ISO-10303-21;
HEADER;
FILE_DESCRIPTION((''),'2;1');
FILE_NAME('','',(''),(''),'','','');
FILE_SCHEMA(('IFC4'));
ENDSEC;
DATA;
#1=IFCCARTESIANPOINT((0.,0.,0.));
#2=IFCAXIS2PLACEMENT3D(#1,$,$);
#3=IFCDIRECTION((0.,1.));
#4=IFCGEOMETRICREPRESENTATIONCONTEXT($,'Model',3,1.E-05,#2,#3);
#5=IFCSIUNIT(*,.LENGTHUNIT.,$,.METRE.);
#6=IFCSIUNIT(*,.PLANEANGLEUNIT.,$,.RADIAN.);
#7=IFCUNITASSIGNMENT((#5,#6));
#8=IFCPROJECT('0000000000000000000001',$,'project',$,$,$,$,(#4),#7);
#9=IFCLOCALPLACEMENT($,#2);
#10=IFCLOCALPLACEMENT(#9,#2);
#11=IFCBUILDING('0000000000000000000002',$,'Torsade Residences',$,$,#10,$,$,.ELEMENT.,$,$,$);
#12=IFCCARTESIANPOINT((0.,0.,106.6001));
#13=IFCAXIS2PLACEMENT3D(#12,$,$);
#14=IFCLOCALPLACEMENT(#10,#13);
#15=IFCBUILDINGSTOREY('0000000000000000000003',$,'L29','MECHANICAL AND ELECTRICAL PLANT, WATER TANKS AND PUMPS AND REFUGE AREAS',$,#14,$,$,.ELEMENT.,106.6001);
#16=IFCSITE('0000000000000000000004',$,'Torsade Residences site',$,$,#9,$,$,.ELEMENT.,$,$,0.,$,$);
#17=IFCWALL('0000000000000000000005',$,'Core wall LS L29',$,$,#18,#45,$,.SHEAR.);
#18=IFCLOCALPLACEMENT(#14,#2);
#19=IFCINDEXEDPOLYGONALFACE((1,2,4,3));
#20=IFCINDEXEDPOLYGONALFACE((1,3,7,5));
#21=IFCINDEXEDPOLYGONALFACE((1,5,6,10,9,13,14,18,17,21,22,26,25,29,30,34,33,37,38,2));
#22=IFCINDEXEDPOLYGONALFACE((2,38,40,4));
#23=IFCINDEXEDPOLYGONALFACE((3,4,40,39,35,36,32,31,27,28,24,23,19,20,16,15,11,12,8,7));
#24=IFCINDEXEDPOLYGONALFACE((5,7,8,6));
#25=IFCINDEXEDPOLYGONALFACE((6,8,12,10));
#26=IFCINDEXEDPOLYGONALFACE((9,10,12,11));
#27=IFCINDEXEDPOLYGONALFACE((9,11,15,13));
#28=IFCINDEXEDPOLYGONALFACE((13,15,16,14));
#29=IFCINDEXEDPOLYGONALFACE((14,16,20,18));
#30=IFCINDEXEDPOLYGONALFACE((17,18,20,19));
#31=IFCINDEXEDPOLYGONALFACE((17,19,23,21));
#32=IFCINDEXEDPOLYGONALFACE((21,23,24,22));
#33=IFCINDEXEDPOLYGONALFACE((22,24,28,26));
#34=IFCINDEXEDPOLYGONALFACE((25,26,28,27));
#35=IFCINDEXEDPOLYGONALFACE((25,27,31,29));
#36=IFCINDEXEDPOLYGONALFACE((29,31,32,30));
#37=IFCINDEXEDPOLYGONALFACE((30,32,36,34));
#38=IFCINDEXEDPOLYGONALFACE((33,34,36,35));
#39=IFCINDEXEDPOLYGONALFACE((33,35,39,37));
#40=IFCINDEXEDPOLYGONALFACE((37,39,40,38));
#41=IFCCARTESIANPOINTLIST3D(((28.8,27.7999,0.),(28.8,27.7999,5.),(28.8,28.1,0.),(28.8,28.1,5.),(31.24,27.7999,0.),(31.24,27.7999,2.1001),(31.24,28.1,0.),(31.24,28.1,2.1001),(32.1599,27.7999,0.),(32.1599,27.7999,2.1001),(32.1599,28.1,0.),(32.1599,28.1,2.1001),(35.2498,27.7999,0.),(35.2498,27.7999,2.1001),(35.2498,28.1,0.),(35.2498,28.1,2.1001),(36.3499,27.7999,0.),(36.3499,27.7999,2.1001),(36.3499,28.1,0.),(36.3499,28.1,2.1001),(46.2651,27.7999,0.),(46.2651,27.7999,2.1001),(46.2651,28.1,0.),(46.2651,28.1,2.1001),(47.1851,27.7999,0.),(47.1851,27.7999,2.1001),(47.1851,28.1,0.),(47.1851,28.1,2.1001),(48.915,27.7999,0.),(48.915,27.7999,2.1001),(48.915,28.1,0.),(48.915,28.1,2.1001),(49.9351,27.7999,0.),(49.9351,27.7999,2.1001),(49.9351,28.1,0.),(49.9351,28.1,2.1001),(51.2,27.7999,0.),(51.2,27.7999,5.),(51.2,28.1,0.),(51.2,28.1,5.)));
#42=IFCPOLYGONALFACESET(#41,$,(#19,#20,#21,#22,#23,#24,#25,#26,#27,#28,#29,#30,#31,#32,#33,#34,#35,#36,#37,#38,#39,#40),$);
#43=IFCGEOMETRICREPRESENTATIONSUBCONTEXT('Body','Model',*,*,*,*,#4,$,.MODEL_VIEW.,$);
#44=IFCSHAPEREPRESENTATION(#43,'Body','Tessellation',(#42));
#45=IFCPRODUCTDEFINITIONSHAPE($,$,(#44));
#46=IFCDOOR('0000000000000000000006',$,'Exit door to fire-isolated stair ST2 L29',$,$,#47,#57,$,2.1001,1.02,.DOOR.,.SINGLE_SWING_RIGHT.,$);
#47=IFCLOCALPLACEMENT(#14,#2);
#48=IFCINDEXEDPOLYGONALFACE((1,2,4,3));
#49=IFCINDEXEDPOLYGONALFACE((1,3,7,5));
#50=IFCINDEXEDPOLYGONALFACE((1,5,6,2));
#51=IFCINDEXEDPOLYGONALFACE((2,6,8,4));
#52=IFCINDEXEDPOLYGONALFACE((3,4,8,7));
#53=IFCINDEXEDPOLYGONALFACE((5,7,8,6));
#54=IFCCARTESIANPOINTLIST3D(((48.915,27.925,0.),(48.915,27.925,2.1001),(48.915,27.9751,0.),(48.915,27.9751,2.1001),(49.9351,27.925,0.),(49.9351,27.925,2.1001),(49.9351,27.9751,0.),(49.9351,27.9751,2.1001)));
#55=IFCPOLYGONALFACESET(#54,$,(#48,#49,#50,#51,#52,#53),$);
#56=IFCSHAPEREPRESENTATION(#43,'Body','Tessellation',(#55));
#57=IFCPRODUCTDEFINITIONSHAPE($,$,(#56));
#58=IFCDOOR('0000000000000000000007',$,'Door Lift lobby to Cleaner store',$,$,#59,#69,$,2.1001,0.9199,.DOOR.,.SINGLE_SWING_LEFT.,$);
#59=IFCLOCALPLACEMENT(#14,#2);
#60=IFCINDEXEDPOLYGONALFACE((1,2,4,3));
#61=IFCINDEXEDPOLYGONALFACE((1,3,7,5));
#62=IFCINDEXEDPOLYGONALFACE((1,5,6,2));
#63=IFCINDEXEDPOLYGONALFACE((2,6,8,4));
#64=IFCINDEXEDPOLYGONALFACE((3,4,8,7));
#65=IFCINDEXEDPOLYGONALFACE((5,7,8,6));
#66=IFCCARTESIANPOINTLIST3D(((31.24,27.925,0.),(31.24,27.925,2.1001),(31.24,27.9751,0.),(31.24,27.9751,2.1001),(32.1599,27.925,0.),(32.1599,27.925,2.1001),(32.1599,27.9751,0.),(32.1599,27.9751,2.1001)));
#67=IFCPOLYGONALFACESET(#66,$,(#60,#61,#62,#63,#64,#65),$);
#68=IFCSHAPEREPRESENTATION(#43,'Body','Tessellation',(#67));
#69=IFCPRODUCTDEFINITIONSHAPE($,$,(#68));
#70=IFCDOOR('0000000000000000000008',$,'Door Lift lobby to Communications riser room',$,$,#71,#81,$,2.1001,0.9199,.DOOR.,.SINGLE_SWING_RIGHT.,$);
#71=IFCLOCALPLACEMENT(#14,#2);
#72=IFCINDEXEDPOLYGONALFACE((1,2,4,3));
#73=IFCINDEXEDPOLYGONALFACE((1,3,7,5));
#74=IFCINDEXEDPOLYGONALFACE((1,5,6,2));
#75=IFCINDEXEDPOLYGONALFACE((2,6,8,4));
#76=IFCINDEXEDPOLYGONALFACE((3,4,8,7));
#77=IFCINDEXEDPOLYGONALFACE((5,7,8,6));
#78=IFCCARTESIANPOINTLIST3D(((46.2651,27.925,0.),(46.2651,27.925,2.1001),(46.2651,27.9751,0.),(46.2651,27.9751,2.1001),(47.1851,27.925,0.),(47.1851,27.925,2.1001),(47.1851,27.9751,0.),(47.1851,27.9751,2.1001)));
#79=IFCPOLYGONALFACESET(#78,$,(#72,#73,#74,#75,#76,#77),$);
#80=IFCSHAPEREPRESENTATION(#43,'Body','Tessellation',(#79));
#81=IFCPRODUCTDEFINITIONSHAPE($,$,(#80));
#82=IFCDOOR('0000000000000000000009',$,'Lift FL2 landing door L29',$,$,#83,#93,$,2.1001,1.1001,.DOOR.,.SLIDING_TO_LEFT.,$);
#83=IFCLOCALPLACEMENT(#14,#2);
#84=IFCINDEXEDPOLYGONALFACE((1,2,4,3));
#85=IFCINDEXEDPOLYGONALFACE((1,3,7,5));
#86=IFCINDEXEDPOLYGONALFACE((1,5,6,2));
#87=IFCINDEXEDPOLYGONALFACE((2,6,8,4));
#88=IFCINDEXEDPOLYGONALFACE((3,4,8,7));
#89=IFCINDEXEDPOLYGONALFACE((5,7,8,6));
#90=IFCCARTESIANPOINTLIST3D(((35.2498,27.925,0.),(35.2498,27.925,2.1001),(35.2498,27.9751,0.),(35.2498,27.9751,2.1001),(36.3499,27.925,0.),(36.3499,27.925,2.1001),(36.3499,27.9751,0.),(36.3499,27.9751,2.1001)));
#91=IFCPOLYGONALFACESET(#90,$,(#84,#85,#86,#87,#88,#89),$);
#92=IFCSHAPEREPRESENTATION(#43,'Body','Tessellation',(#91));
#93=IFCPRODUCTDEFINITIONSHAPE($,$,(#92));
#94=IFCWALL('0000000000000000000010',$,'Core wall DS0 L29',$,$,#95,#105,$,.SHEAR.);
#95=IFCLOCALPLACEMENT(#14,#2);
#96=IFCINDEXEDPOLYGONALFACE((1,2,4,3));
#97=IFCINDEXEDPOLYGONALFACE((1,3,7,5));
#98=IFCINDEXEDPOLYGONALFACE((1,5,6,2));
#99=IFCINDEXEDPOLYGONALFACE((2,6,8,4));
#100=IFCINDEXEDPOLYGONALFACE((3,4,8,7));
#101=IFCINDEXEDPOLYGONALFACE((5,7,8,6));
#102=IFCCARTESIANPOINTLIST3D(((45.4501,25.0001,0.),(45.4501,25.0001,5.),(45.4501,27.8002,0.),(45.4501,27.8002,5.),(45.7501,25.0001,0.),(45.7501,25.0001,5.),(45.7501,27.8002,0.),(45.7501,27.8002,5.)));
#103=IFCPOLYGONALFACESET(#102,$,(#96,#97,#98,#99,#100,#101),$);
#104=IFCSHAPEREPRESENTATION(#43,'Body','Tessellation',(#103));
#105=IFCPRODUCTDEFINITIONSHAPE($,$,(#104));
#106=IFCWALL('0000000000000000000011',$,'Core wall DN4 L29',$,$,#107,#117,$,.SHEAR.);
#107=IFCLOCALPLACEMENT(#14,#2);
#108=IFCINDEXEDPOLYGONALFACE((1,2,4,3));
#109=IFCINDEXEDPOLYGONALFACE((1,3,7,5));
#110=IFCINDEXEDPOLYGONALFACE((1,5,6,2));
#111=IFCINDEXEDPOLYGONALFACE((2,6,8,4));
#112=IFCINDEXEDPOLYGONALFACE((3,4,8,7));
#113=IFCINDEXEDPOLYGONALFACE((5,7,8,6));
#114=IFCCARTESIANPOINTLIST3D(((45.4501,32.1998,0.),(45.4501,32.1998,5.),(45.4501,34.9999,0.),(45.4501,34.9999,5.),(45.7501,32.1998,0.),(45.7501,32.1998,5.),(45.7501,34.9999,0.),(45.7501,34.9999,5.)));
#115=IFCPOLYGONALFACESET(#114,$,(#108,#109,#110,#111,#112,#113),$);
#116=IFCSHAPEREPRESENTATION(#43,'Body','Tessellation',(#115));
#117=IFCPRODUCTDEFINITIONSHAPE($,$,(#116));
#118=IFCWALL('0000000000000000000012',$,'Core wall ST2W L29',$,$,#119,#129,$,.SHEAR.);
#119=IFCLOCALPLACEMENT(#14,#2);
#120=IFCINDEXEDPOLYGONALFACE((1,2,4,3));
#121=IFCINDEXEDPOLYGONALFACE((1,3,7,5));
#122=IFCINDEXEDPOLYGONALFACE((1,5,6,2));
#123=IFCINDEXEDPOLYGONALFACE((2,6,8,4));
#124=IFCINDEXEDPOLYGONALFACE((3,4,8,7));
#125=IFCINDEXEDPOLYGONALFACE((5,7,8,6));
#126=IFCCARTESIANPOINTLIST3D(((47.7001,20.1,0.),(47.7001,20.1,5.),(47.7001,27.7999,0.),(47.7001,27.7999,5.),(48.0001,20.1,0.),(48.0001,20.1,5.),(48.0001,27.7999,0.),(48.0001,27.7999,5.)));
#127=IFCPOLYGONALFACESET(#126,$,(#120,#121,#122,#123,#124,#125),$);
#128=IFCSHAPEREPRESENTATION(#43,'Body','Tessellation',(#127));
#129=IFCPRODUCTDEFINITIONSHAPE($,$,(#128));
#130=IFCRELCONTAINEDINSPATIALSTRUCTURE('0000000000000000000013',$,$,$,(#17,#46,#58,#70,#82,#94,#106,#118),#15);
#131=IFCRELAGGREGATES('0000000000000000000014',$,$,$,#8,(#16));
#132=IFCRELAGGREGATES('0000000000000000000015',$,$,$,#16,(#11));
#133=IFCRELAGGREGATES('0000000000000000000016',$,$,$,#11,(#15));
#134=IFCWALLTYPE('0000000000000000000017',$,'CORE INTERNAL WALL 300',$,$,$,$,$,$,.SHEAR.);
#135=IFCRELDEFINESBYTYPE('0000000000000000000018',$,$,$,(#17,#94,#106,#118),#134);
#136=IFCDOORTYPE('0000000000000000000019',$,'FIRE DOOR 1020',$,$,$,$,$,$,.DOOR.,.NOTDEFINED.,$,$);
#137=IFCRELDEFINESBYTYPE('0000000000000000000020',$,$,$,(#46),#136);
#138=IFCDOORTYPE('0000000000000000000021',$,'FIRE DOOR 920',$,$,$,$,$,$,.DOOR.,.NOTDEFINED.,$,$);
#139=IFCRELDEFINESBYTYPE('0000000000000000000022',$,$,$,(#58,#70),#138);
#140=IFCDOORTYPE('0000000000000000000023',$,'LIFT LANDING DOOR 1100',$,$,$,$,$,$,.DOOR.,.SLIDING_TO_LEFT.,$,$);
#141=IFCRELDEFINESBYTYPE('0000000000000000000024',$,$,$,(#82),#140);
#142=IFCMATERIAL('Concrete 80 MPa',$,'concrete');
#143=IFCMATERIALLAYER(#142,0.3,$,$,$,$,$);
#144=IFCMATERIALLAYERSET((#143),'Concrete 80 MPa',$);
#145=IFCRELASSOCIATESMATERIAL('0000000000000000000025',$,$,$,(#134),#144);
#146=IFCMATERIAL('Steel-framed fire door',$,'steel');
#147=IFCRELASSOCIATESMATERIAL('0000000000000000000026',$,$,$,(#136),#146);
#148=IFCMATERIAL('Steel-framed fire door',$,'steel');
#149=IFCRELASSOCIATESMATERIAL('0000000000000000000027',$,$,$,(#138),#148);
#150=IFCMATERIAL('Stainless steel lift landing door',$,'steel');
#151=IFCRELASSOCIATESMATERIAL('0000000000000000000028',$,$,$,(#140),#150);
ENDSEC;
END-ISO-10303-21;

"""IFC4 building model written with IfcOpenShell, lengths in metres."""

from ifc_helpers import new_model, si_unit, direction, frame, frame_2d, origin, place, context, subcontext, project, spatial, rectangle, extrude, material, layer, layer_set, type_object, element, fill, save


model = new_model("IFC4")

# Units and contexts
model_context = context("Model", 3, precision=1e-05, world=origin(), true_north=direction((0.0, 1.0)))
body_context = subcontext(model_context, "Body", "Model", "MODEL_VIEW")
ifc_project = project(units=[si_unit("LENGTHUNIT", "METRE"), si_unit("PLANEANGLEUNIT", "RADIAN")], contexts=[model_context])

# Site, building, storey
site_placement = place(None, origin())
site = spatial("IfcSite", under=ifc_project, at=site_placement, Name="Torsade Residences site", CompositionType="ELEMENT", RefElevation=0.0)
building_placement = place(site_placement, origin())
building = spatial("IfcBuilding", under=site, at=building_placement, Name="Torsade Residences", CompositionType="ELEMENT")
storey_placement = place(building_placement, frame((0.0, 0.0, 106.6001)))
storey = spatial("IfcBuildingStorey", under=building, at=storey_placement, Name="L29", Description="MECHANICAL AND ELECTRICAL PLANT, WATER TANKS AND PUMPS AND REFUGE AREAS", CompositionType="ELEMENT", Elevation=106.6001)

# Wall, openings, doors
ifc_material_1 = material(Name="Concrete 80 MPa", Category="concrete")
ifc_layer_1 = layer(ifc_material_1, 0.3)
ifc_layer_set_1 = layer_set([ifc_layer_1], Name="Concrete 80 MPa")
wall_type_1 = type_object("IfcWallType", Name="CORE INTERNAL WALL 300", PredefinedType="SHEAR", material=ifc_layer_set_1)
wall_1_placement = place(storey_placement, frame((51.2, 27.95, 0.0), z_axis=(0.0, 0.0, 1.0), x_axis=(-1.0, 0.0, 0.0)))
wall_1 = element("IfcWall", 1, at=wall_1_placement, inside=storey, type_object=wall_type_1, Name="Core wall LS L29", PredefinedType="SHEAR", context=body_context, shape_type="SweptSolid", body=[
    extrude(rectangle(XDim=22.3999, YDim=0.3, at=frame_2d((11.2, 0.0))), origin(), (0.0, 0.0, 1.0), 5.0),
])
opening_1_placement = place(wall_1_placement, frame((19.04, 0.0, 0.0)))
opening_1 = element("IfcOpeningElement", 2, at=opening_1_placement, cuts=wall_1, PredefinedType="OPENING", context=body_context, shape_type="SweptSolid", body=[
    extrude(rectangle(XDim=0.9199, YDim=2.1001, at=frame_2d((0.46, 1.05))), frame((0.0, 0.1599, 0.0), z_axis=(0.0, -1.0, 0.0), x_axis=(1.0, 0.0, 0.0)), (0.0, 0.0, 1.0), 0.3201),
])
opening_2_placement = place(wall_1_placement, frame((1.2649, 0.0, 0.0)))
opening_2 = element("IfcOpeningElement", 3, at=opening_2_placement, cuts=wall_1, PredefinedType="OPENING", context=body_context, shape_type="SweptSolid", body=[
    extrude(rectangle(XDim=1.02, YDim=2.1001, at=frame_2d((0.51, 1.05))), frame((0.0, 0.1599, 0.0), z_axis=(0.0, -1.0, 0.0), x_axis=(1.0, 0.0, 0.0)), (0.0, 0.0, 1.0), 0.3201),
])
opening_3_placement = place(wall_1_placement, frame((4.0149, 0.0, 0.0)))
opening_3 = element("IfcOpeningElement", 4, at=opening_3_placement, cuts=wall_1, PredefinedType="OPENING", context=body_context, shape_type="SweptSolid", body=[
    extrude(rectangle(XDim=0.9199, YDim=2.1001, at=frame_2d((0.46, 1.05))), frame((0.0, 0.1599, 0.0), z_axis=(0.0, -1.0, 0.0), x_axis=(1.0, 0.0, 0.0)), (0.0, 0.0, 1.0), 0.3201),
])
opening_4_placement = place(wall_1_placement, frame((14.8501, 0.0, 0.0)))
opening_4 = element("IfcOpeningElement", 5, at=opening_4_placement, cuts=wall_1, PredefinedType="OPENING", context=body_context, shape_type="SweptSolid", body=[
    extrude(rectangle(XDim=1.1001, YDim=2.1001, at=frame_2d((0.55, 1.05))), frame((0.0, 0.1599, 0.0), z_axis=(0.0, -1.0, 0.0), x_axis=(1.0, 0.0, 0.0)), (0.0, 0.0, 1.0), 0.3201),
])
ifc_material_2 = material(Name="Steel-framed fire door", Category="steel")
door_type_1 = type_object("IfcDoorType", Name="FIRE DOOR 1020", OperationType="NOTDEFINED", PredefinedType="DOOR", material=ifc_material_2)
door_1_placement = place(opening_2_placement, origin())
door_1 = element("IfcDoor", 6, at=door_1_placement, inside=storey, type_object=door_type_1, Name="Exit door to fire-isolated stair ST2 L29", OperationType="SINGLE_SWING_RIGHT", OverallHeight=2.1001, OverallWidth=1.02, PredefinedType="DOOR", context=body_context, shape_type="SweptSolid", body=[
    extrude(rectangle(XDim=1.02, YDim=2.1001, at=frame_2d((0.51, 1.05))), frame((0.0, 0.0249, 0.0), z_axis=(0.0, -1.0, 0.0), x_axis=(1.0, 0.0, 0.0)), (0.0, 0.0, 1.0), 0.05),
])
fill(opening_2, door_1)
ifc_material_3 = material(Name="Steel-framed fire door", Category="steel")
door_type_2 = type_object("IfcDoorType", Name="FIRE DOOR 920", OperationType="NOTDEFINED", PredefinedType="DOOR", material=ifc_material_3)
door_2_placement = place(opening_1_placement, origin())
door_2 = element("IfcDoor", 7, at=door_2_placement, inside=storey, type_object=door_type_2, Name="Door Lift lobby to Cleaner store", OperationType="SINGLE_SWING_LEFT", OverallHeight=2.1001, OverallWidth=0.9199, PredefinedType="DOOR", context=body_context, shape_type="SweptSolid", body=[
    extrude(rectangle(XDim=0.9199, YDim=2.1001, at=frame_2d((0.46, 1.05))), frame((0.0, 0.0249, 0.0), z_axis=(0.0, -1.0, 0.0), x_axis=(1.0, 0.0, 0.0)), (0.0, 0.0, 1.0), 0.05),
])
fill(opening_1, door_2)
door_3_placement = place(opening_3_placement, origin())
door_3 = element("IfcDoor", 8, at=door_3_placement, inside=storey, type_object=door_type_2, Name="Door Lift lobby to Communications riser room", OperationType="SINGLE_SWING_RIGHT", OverallHeight=2.1001, OverallWidth=0.9199, PredefinedType="DOOR", context=body_context, shape_type="SweptSolid", body=[
    extrude(rectangle(XDim=0.9199, YDim=2.1001, at=frame_2d((0.46, 1.05))), frame((0.0, 0.0249, 0.0), z_axis=(0.0, -1.0, 0.0), x_axis=(1.0, 0.0, 0.0)), (0.0, 0.0, 1.0), 0.05),
])
fill(opening_3, door_3)
ifc_material_4 = material(Name="Stainless steel lift landing door", Category="steel")
door_type_3 = type_object("IfcDoorType", Name="LIFT LANDING DOOR 1100", OperationType="SLIDING_TO_LEFT", PredefinedType="DOOR", material=ifc_material_4)
door_4_placement = place(opening_4_placement, origin())
door_4 = element("IfcDoor", 9, at=door_4_placement, inside=storey, type_object=door_type_3, Name="Lift FL2 landing door L29", OperationType="SLIDING_TO_LEFT", OverallHeight=2.1001, OverallWidth=1.1001, PredefinedType="DOOR", context=body_context, shape_type="SweptSolid", body=[
    extrude(rectangle(XDim=1.1001, YDim=2.1001, at=frame_2d((0.55, 1.05))), frame((0.0, 0.0249, 0.0), z_axis=(0.0, -1.0, 0.0), x_axis=(1.0, 0.0, 0.0)), (0.0, 0.0, 1.0), 0.05),
])
fill(opening_4, door_4)

# Walls
for number, where, z_axis, x_axis, name in (
    (10, (45.6001, 27.8, 0.0), (0.0, 0.0, 1.0), (0.0, -1.0, 0.0), "Core wall DS0 L29"),
    (11, (45.6001, 32.2, 0.0), (0.0, 0.0, 1.0), (0.0, 1.0, 0.0), "Core wall DN4 L29"),
):
    element("IfcWall", number, at=place(storey_placement, frame(where, z_axis=z_axis, x_axis=x_axis)), inside=storey, type_object=wall_type_1, Name=name, PredefinedType="SHEAR", context=body_context, shape_type="SweptSolid", body=[
        extrude(rectangle(XDim=2.8, YDim=0.3, at=frame_2d((1.3999, 0.0))), origin(), (0.0, 0.0, 1.0), 5.0),
    ])
wall_2_placement = place(storey_placement, frame((47.8501, 27.8, 0.0), z_axis=(0.0, 0.0, 1.0), x_axis=(0.0, -1.0, 0.0)))
element("IfcWall", 12, at=wall_2_placement, inside=storey, type_object=wall_type_1, Name="Core wall ST2W L29", PredefinedType="SHEAR", context=body_context, shape_type="SweptSolid", body=[
    extrude(rectangle(XDim=7.7, YDim=0.3, at=frame_2d((3.8501, 0.0))), origin(), (0.0, 0.0, 1.0), 5.0),
])

save(model, "model.ifc")
